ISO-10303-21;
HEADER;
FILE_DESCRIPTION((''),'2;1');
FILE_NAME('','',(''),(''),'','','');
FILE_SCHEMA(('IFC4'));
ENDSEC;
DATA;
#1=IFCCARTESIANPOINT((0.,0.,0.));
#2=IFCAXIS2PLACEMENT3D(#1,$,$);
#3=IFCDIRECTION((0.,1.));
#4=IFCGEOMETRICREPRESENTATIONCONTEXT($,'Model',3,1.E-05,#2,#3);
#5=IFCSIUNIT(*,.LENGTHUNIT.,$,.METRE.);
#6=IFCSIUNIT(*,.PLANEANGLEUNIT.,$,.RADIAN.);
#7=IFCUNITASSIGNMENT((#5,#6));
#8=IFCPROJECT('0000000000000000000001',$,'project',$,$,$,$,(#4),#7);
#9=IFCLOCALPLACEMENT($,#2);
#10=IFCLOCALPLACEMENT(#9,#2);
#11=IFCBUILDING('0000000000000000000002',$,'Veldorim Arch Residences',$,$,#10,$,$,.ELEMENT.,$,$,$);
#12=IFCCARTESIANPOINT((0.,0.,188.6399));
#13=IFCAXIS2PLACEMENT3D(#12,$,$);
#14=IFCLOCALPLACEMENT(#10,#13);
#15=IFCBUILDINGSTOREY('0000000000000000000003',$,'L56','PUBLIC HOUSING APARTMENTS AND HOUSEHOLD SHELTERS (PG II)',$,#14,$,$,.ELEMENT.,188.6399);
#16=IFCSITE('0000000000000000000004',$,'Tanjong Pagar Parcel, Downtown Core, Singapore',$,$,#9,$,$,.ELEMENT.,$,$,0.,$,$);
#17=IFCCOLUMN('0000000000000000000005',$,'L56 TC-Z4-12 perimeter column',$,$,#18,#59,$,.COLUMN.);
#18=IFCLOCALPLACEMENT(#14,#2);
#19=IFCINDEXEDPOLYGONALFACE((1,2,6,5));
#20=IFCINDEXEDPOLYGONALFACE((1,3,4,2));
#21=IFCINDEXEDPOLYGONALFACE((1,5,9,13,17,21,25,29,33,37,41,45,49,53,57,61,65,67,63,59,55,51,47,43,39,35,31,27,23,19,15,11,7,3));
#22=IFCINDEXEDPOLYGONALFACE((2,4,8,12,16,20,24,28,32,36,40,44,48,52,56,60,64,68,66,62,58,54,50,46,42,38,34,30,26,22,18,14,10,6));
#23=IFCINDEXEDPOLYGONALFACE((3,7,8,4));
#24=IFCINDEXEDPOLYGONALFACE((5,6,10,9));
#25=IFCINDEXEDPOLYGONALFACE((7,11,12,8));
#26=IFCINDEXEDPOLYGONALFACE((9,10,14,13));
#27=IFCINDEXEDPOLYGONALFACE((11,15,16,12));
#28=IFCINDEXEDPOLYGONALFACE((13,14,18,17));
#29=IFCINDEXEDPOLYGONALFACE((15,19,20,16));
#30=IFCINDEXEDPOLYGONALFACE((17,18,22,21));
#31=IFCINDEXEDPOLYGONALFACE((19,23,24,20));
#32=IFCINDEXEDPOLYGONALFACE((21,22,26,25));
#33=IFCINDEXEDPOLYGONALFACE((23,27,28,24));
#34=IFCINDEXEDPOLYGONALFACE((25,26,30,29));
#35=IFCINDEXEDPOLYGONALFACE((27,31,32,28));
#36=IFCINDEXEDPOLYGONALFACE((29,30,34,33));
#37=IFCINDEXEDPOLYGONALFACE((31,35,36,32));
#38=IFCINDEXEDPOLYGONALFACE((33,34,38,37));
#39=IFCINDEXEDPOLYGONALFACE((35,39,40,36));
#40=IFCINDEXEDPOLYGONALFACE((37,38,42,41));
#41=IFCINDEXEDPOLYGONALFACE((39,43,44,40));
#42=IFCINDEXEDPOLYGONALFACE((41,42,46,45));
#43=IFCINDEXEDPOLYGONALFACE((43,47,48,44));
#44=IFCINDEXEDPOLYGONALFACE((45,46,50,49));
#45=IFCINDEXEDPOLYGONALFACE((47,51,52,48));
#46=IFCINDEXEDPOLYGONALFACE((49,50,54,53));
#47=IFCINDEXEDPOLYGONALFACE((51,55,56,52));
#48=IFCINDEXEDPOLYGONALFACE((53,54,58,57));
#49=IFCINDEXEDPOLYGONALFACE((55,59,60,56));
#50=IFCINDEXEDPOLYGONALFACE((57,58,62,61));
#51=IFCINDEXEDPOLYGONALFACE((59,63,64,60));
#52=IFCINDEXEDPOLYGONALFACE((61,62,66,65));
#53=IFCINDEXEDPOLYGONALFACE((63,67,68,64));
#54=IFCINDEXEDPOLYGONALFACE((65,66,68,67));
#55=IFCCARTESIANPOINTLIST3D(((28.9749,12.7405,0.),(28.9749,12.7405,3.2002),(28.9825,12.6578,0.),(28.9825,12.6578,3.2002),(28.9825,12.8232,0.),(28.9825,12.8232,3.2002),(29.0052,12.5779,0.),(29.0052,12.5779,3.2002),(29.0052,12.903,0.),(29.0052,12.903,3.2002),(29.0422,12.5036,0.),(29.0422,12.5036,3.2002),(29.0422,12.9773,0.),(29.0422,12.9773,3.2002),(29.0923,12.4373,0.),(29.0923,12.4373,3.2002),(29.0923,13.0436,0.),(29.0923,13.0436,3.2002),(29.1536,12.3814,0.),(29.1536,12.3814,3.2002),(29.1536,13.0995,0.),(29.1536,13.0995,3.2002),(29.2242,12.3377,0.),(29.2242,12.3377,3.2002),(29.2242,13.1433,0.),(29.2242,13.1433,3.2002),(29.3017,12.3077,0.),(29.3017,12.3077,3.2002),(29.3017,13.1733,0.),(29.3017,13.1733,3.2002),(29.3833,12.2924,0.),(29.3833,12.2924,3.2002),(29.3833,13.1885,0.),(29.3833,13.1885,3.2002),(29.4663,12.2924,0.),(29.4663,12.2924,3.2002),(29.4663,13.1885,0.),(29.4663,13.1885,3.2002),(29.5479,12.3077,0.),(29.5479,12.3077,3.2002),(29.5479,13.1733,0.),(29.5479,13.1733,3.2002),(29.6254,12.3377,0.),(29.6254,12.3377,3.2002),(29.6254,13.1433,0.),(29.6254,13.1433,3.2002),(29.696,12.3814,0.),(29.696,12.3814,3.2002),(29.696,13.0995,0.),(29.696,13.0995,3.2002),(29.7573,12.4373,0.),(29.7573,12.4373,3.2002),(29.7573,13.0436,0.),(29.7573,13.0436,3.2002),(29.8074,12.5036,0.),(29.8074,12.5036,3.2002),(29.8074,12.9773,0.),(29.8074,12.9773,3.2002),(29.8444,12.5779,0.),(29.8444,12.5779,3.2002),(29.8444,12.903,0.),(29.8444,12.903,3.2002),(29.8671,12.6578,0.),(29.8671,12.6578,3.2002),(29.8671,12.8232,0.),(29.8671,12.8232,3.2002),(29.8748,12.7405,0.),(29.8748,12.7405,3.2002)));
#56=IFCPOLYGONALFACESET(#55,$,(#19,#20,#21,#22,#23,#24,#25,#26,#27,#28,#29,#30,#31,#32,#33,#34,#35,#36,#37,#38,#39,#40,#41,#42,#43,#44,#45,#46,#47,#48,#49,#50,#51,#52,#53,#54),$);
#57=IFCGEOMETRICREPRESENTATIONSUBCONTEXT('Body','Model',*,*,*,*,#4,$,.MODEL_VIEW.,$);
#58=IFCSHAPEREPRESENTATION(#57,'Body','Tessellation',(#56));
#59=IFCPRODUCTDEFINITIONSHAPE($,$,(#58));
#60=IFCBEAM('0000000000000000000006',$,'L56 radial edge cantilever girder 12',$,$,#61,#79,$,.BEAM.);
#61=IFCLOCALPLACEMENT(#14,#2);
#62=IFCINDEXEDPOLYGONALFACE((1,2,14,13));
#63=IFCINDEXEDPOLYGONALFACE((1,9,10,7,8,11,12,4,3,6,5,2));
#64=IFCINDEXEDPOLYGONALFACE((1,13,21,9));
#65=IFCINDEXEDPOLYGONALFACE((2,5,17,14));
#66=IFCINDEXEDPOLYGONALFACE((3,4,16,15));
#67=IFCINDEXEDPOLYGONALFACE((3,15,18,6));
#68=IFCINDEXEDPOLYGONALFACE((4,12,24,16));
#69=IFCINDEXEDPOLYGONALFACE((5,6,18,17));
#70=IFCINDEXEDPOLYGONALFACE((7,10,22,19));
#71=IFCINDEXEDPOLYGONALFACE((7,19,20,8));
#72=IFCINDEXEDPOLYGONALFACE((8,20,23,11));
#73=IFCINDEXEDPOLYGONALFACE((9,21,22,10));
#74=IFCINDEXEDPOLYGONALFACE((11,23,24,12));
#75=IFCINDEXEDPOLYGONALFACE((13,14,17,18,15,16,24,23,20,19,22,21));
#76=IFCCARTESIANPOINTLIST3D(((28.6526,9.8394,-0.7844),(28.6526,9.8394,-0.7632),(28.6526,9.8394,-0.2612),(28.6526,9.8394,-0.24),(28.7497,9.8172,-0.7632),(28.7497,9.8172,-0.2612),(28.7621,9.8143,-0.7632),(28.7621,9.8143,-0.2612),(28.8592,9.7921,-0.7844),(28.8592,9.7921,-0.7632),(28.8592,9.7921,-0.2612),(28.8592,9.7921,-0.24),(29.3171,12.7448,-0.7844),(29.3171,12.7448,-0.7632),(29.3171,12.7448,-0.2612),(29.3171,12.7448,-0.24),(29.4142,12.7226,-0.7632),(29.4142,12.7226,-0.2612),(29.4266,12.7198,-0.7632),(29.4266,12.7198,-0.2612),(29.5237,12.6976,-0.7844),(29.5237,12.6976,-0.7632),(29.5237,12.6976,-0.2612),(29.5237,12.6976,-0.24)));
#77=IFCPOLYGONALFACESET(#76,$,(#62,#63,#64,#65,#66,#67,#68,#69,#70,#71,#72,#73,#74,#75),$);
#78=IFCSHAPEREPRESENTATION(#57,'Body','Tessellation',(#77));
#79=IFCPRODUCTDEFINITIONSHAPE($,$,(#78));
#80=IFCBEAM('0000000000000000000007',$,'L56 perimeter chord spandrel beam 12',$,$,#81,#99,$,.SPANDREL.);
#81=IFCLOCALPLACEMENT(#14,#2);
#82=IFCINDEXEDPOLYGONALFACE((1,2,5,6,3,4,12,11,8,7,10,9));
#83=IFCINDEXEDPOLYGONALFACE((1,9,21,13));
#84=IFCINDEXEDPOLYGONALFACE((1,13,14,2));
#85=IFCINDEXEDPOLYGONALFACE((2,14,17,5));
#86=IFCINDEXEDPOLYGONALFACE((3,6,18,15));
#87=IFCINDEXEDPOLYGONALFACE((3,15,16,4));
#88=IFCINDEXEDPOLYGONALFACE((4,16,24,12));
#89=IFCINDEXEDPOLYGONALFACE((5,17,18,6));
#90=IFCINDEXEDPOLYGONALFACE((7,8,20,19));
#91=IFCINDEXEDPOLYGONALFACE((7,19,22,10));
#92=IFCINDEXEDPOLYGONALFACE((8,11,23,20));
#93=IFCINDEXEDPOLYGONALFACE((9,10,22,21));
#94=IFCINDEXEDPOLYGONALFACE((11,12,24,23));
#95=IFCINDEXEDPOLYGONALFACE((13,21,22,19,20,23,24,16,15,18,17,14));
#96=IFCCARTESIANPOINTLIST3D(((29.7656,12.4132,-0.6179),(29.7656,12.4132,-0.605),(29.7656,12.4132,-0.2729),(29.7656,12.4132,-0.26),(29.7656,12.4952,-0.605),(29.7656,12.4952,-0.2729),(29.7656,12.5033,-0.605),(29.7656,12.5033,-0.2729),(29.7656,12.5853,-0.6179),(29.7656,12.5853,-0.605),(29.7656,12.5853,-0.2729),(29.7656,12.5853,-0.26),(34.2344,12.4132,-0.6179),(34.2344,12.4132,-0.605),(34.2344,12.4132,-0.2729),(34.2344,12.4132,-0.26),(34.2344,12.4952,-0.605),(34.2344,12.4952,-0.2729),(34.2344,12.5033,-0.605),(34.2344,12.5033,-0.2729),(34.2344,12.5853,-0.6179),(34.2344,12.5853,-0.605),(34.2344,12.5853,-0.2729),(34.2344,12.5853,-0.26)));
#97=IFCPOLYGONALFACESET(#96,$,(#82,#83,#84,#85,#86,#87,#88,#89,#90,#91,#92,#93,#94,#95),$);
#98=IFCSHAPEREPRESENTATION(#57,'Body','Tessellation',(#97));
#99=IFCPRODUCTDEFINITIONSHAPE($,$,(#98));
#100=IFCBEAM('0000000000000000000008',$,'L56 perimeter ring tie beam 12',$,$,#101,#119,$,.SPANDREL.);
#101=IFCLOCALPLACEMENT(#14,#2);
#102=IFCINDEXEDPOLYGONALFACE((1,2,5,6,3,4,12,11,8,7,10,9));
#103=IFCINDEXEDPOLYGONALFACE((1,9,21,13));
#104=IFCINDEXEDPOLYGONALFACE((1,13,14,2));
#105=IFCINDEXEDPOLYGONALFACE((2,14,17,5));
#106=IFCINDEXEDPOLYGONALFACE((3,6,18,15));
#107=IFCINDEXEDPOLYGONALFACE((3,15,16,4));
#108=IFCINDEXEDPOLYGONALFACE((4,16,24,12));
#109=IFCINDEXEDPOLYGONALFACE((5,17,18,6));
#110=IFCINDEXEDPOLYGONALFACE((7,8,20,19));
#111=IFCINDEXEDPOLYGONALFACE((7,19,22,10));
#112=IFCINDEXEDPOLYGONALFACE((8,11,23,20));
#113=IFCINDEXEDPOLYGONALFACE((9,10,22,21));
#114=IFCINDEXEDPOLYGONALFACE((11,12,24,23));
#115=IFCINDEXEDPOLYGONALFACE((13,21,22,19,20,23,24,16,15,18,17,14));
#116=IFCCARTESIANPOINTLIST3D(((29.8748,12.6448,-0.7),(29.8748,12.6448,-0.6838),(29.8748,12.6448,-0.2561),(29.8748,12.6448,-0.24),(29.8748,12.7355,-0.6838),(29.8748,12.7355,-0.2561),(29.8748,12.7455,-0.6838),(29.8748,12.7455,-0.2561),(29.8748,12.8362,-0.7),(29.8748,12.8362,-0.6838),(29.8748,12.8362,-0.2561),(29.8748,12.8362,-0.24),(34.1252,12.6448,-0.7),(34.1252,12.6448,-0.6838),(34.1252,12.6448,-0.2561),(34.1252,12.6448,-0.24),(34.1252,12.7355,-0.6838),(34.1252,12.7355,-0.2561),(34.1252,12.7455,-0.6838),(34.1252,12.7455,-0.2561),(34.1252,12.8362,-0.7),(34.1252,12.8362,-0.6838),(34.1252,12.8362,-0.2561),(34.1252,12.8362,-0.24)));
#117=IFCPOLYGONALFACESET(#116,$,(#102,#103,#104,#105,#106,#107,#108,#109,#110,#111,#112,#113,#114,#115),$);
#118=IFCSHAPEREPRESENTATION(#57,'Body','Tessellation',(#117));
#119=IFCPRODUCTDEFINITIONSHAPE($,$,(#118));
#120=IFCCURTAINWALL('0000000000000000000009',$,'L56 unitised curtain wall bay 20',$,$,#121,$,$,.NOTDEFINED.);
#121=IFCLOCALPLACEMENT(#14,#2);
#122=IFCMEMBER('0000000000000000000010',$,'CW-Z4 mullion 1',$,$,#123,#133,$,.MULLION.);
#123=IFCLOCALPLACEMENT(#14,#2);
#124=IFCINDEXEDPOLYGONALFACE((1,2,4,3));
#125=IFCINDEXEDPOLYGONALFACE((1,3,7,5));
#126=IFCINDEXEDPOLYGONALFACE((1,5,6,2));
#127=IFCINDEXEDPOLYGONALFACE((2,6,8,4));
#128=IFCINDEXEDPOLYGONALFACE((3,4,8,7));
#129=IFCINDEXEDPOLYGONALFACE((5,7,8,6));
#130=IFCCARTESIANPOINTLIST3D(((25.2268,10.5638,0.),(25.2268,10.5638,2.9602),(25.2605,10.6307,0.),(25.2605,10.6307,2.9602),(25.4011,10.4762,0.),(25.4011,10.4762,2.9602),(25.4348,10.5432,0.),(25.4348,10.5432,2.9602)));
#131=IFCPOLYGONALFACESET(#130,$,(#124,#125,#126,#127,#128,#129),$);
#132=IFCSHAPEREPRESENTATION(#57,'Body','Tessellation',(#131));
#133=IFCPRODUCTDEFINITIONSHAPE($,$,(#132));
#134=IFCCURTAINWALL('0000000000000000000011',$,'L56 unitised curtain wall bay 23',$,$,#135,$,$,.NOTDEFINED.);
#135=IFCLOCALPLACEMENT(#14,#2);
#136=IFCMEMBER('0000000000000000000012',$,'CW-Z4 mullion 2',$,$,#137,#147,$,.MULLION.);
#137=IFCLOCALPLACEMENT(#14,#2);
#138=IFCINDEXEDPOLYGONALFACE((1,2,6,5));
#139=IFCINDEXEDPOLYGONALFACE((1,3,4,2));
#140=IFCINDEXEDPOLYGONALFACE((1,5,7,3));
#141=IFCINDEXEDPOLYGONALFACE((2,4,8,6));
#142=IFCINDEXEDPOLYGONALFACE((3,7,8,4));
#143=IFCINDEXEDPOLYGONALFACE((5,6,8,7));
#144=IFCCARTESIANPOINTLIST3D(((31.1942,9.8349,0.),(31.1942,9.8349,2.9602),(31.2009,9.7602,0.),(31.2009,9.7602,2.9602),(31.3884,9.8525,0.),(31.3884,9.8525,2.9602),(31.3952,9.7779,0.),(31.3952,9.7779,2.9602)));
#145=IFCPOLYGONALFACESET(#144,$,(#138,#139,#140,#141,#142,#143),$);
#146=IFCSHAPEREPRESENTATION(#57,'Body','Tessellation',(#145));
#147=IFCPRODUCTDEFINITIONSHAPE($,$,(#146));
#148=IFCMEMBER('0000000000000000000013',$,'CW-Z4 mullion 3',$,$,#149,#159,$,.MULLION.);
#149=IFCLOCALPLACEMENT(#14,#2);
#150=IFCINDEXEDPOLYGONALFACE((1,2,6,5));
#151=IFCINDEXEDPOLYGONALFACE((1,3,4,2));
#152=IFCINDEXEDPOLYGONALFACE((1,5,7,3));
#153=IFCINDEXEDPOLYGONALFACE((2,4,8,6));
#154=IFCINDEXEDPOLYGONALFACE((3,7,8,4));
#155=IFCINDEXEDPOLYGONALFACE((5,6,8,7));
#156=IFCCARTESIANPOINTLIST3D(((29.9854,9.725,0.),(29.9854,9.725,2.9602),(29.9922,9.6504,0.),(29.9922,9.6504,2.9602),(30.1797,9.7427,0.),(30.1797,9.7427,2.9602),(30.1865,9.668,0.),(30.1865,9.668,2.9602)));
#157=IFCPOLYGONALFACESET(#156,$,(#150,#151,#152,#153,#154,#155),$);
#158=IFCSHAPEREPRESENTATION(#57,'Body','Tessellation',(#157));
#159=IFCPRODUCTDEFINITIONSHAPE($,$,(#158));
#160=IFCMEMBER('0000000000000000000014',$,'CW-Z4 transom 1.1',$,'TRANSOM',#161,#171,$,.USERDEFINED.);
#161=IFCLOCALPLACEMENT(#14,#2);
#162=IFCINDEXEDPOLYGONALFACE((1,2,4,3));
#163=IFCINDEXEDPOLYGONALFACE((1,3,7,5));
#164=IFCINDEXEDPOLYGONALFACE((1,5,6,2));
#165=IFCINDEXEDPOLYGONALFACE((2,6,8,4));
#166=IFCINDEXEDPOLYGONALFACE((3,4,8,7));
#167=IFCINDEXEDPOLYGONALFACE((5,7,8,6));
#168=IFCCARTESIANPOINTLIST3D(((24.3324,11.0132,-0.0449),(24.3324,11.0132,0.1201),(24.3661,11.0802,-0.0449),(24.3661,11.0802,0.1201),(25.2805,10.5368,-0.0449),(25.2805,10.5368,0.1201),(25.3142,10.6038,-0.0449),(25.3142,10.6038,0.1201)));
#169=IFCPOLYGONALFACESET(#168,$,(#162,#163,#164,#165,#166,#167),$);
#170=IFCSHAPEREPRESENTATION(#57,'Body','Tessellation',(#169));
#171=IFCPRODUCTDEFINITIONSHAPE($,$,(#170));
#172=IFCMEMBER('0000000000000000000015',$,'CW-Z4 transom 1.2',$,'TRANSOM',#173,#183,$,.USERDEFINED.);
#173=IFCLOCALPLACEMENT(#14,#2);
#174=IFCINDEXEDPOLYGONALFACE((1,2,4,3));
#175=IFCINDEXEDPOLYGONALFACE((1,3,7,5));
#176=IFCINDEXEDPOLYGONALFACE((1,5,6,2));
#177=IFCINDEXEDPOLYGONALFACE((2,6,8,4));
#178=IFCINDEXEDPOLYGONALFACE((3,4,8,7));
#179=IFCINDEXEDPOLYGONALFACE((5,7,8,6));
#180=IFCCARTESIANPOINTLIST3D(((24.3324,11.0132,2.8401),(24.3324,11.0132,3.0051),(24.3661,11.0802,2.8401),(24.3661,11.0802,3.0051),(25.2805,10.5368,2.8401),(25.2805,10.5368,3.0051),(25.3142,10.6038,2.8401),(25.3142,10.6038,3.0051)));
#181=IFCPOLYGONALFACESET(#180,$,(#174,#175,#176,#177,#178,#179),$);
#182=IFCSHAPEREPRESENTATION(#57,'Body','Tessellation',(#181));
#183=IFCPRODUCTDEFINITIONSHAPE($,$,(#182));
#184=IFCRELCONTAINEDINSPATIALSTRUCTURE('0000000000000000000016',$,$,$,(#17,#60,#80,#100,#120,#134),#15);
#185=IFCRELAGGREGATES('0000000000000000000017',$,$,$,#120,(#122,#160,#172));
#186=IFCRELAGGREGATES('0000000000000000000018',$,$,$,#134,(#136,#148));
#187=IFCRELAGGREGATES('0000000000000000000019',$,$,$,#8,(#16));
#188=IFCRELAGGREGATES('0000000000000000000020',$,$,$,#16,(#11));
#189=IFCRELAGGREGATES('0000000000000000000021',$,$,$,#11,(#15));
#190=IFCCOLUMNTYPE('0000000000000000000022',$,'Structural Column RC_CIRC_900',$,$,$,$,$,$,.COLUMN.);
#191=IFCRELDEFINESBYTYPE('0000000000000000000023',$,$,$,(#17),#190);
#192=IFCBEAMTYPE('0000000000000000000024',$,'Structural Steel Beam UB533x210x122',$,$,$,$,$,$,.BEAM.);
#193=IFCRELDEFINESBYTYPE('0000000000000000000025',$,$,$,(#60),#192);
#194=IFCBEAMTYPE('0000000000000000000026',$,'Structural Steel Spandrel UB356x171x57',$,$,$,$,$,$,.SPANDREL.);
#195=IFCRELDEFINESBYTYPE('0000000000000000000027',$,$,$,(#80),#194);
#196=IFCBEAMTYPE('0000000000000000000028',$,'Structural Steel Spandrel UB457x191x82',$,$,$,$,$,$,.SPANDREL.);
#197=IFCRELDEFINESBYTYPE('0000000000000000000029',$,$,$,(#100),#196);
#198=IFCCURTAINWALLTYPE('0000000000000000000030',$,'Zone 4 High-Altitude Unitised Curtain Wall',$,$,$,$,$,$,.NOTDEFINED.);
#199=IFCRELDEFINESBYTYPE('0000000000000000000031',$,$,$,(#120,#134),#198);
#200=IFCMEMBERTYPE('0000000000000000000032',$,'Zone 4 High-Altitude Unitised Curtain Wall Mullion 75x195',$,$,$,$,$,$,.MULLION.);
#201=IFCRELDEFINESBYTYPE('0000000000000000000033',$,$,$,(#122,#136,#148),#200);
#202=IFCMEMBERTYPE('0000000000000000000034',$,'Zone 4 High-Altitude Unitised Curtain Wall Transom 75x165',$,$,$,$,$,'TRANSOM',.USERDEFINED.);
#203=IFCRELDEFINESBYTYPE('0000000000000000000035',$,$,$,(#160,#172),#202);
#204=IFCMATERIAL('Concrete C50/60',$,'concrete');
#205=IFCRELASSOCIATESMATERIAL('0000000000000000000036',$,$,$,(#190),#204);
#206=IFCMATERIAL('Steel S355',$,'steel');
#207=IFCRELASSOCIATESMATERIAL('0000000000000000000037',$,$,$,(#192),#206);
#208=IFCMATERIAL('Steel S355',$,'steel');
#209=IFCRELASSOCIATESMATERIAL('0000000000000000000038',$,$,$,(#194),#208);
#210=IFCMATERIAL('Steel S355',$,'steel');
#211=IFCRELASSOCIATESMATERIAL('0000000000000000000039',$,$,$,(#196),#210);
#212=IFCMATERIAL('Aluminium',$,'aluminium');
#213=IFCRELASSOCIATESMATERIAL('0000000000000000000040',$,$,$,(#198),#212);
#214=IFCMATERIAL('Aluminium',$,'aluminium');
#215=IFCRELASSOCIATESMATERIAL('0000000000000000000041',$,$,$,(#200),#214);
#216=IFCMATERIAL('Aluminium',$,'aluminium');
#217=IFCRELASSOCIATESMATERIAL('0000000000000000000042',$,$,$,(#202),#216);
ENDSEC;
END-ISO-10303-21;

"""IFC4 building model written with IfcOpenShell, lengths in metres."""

from ifc_helpers import new_model, si_unit, direction, frame, origin, origin_2d, place, context, subcontext, project, spatial, rectangle, circle, i_section, extrude, material, material_profile, profile_set, type_object, element, aggregate, save


model = new_model("IFC4")

# Units and contexts
model_context = context("Model", 3, precision=1e-05, world=origin(), true_north=direction((0.0, 1.0)))
body_context = subcontext(model_context, "Body", "Model", "MODEL_VIEW")
ifc_project = project(units=[si_unit("LENGTHUNIT", "METRE"), si_unit("PLANEANGLEUNIT", "RADIAN")], contexts=[model_context])

# Site, building, storey
site_placement = place(None, origin())
site = spatial("IfcSite", under=ifc_project, at=site_placement, Name="Tanjong Pagar Parcel, Downtown Core, Singapore", CompositionType="ELEMENT", RefElevation=0.0)
building_placement = place(site_placement, origin())
building = spatial("IfcBuilding", under=site, at=building_placement, Name="Veldorim Arch Residences", CompositionType="ELEMENT")
storey_placement = place(building_placement, frame((0.0, 0.0, 188.6399)))
storey = spatial("IfcBuildingStorey", under=building, at=storey_placement, Name="L56", Description="PUBLIC HOUSING APARTMENTS AND HOUSEHOLD SHELTERS (PG II)", CompositionType="ELEMENT", Elevation=188.6399)

# Column
ifc_material_1 = material(Name="Concrete C50/60", Category="concrete")
ifc_material_profile_1 = material_profile(ifc_material_1, circle(Radius=0.45, at=origin_2d()), Name="RC_CIRC_900")
ifc_profile_set_1 = profile_set([ifc_material_profile_1], Name="Concrete C50/60")
column_type = type_object("IfcColumnType", Name="Structural Column RC_CIRC_900", PredefinedType="COLUMN", material=ifc_profile_set_1)
column_placement = place(storey_placement, frame((29.4248, 12.7405, 0.0), z_axis=(0.0, 0.0, 1.0), x_axis=(1.0, 0.0, 0.0)))
element("IfcColumn", 1, at=column_placement, inside=storey, type_object=column_type, Name="L56 TC-Z4-12 perimeter column", PredefinedType="COLUMN", context=body_context, shape_type="SweptSolid", body=[
    extrude(circle(Radius=0.45, at=origin_2d()), origin(), (0.0, 0.0, 1.0), 3.2002),
])

# Beams
ifc_material_2 = material(Name="Steel S355", Category="steel")
ifc_material_profile_2 = material_profile(ifc_material_2, i_section(OverallWidth=0.2119, OverallDepth=0.5444, WebThickness=0.0127, FlangeThickness=0.0212, at=origin_2d()), Name="UB533x210x122")
ifc_profile_set_2 = profile_set([ifc_material_profile_2], Name="Steel S355")
beam_type_1 = type_object("IfcBeamType", Name="Structural Steel Beam UB533x210x122", PredefinedType="BEAM", material=ifc_profile_set_2)
beam_1_placement = place(storey_placement, frame((29.4204, 12.7212, -0.5122), z_axis=(-0.222963, -0.974827, 0.0), x_axis=(0.974827, -0.222963, 0.0)))
element("IfcBeam", 2, at=beam_1_placement, inside=storey, type_object=beam_type_1, Name="L56 radial edge cantilever girder 12", PredefinedType="BEAM", context=body_context, shape_type="SweptSolid", body=[
    extrude(i_section(OverallWidth=0.2119, OverallDepth=0.5444, WebThickness=0.0127, FlangeThickness=0.0212, at=origin_2d()), origin(), (0.0, 0.0, 1.0), 2.9805),
])
ifc_material_3 = material(Name="Steel S355", Category="steel")
ifc_material_profile_3 = material_profile(ifc_material_3, i_section(OverallWidth=0.1721, OverallDepth=0.3579, WebThickness=0.0081, FlangeThickness=0.0129, at=origin_2d()), Name="UB356x171x57")
ifc_profile_set_3 = profile_set([ifc_material_profile_3], Name="Steel S355")
beam_type_2 = type_object("IfcBeamType", Name="Structural Steel Spandrel UB356x171x57", PredefinedType="SPANDREL", material=ifc_profile_set_3)
beam_2_placement = place(storey_placement, frame((29.7656, 12.4993, -0.439), z_axis=(1.0, 0.0, 0.0), x_axis=(0.0, 1.0, 0.0)))
element("IfcBeam", 3, at=beam_2_placement, inside=storey, type_object=beam_type_2, Name="L56 perimeter chord spandrel beam 12", PredefinedType="SPANDREL", context=body_context, shape_type="SweptSolid", body=[
    extrude(i_section(OverallWidth=0.1721, OverallDepth=0.3579, WebThickness=0.0081, FlangeThickness=0.0129, at=origin_2d()), origin(), (0.0, 0.0, 1.0), 4.4688),
])
ifc_material_4 = material(Name="Steel S355", Category="steel")
ifc_material_profile_4 = material_profile(ifc_material_4, i_section(OverallWidth=0.1914, OverallDepth=0.46, WebThickness=0.01, FlangeThickness=0.0161, at=origin_2d()), Name="UB457x191x82")
ifc_profile_set_4 = profile_set([ifc_material_profile_4], Name="Steel S355")
beam_type_3 = type_object("IfcBeamType", Name="Structural Steel Spandrel UB457x191x82", PredefinedType="SPANDREL", material=ifc_profile_set_4)
beam_3_placement = place(storey_placement, frame((29.8748, 12.7405, -0.47), z_axis=(1.0, 0.0, 0.0), x_axis=(0.0, 1.0, 0.0)))
element("IfcBeam", 4, at=beam_3_placement, inside=storey, type_object=beam_type_3, Name="L56 perimeter ring tie beam 12", PredefinedType="SPANDREL", context=body_context, shape_type="SweptSolid", body=[
    extrude(i_section(OverallWidth=0.1914, OverallDepth=0.46, WebThickness=0.01, FlangeThickness=0.0161, at=origin_2d()), origin(), (0.0, 0.0, 1.0), 4.2505),
])

# Curtain wall, member
ifc_material_5 = material(Name="Aluminium", Category="aluminium")
curtain_wall_type = type_object("IfcCurtainWallType", Name="Zone 4 High-Altitude Unitised Curtain Wall", PredefinedType="NOTDEFINED", material=ifc_material_5)
curtain_wall_1_placement = place(storey_placement, origin())
curtain_wall_1 = element("IfcCurtainWall", 5, at=curtain_wall_1_placement, inside=storey, type_object=curtain_wall_type, Name="L56 unitised curtain wall bay 20", PredefinedType="NOTDEFINED")
ifc_material_6 = material(Name="Aluminium", Category="aluminium")
ifc_material_profile_5 = material_profile(ifc_material_6, rectangle(XDim=0.075, YDim=0.1951, at=origin_2d()), Name="ALU_MUL_75x195")
ifc_profile_set_5 = profile_set([ifc_material_profile_5], Name="Aluminium")
member_type_1 = type_object("IfcMemberType", Name="Zone 4 High-Altitude Unitised Curtain Wall Mullion 75x195", PredefinedType="MULLION", material=ifc_profile_set_5)
member_1_placement = place(storey_placement, frame((25.3308, 10.5535, 0.0), z_axis=(0.0, 0.0, 1.0), x_axis=(-0.448866, -0.893599, 0.0)))
member_1 = element("IfcMember", 6, at=member_1_placement, type_object=member_type_1, Name="CW-Z4 mullion 1", PredefinedType="MULLION", context=body_context, shape_type="SweptSolid", body=[
    extrude(rectangle(XDim=0.075, YDim=0.1951, at=origin_2d()), origin(), (0.0, 0.0, 1.0), 2.9602),
])

# Curtain wall, members
curtain_wall_2_placement = place(storey_placement, origin())
curtain_wall_2 = element("IfcCurtainWall", 7, at=curtain_wall_2_placement, inside=storey, type_object=curtain_wall_type, Name="L56 unitised curtain wall bay 23", PredefinedType="NOTDEFINED")
member_2_placement = place(storey_placement, frame((31.2947, 9.8064, 0.0), z_axis=(0.0, 0.0, 1.0), x_axis=(0.090521, -0.995895, 0.0)))
member_2 = element("IfcMember", 8, at=member_2_placement, type_object=member_type_1, Name="CW-Z4 mullion 2", PredefinedType="MULLION", context=body_context, shape_type="SweptSolid", body=[
    extrude(rectangle(XDim=0.075, YDim=0.1951, at=origin_2d()), origin(), (0.0, 0.0, 1.0), 2.9602),
])
member_3_placement = place(storey_placement, frame((30.0859, 9.6965, 0.0), z_axis=(0.0, 0.0, 1.0), x_axis=(0.090521, -0.995895, 0.0)))
member_3 = element("IfcMember", 9, at=member_3_placement, type_object=member_type_1, Name="CW-Z4 mullion 3", PredefinedType="MULLION", context=body_context, shape_type="SweptSolid", body=[
    extrude(rectangle(XDim=0.075, YDim=0.1951, at=origin_2d()), origin(), (0.0, 0.0, 1.0), 2.9602),
])

# Members
ifc_material_7 = material(Name="Aluminium", Category="aluminium")
ifc_material_profile_6 = material_profile(ifc_material_7, rectangle(XDim=0.075, YDim=0.165, at=origin_2d()), Name="ALU_TRN_75x165")
ifc_profile_set_6 = profile_set([ifc_material_profile_6], Name="Aluminium")
member_type_2 = type_object("IfcMemberType", Name="Zone 4 High-Altitude Unitised Curtain Wall Transom 75x165", ElementType="TRANSOM", PredefinedType="USERDEFINED", material=ifc_profile_set_6)
member_4_placement = place(storey_placement, frame((25.2974, 10.5703, 0.0376), z_axis=(-0.893551, 0.448962, 0.0), x_axis=(-0.448962, -0.893551, 0.0)))
member_4 = element("IfcMember", 10, at=member_4_placement, type_object=member_type_2, Name="CW-Z4 transom 1.1", ObjectType="TRANSOM", PredefinedType="USERDEFINED", context=body_context, shape_type="SweptSolid", body=[
    extrude(rectangle(XDim=0.075, YDim=0.165, at=origin_2d()), origin(), (0.0, 0.0, 1.0), 1.061),
])
member_5_placement = place(storey_placement, frame((25.2974, 10.5703, 2.9226), z_axis=(-0.893551, 0.448962, 0.0), x_axis=(-0.448962, -0.893551, 0.0)))
member_5 = element("IfcMember", 11, at=member_5_placement, type_object=member_type_2, Name="CW-Z4 transom 1.2", ObjectType="TRANSOM", PredefinedType="USERDEFINED", context=body_context, shape_type="SweptSolid", body=[
    extrude(rectangle(XDim=0.075, YDim=0.165, at=origin_2d()), origin(), (0.0, 0.0, 1.0), 1.061),
])
aggregate(curtain_wall_1, [member_1, member_4, member_5])

aggregate(curtain_wall_2, [member_2, member_3])

save(model, "model.ifc")
